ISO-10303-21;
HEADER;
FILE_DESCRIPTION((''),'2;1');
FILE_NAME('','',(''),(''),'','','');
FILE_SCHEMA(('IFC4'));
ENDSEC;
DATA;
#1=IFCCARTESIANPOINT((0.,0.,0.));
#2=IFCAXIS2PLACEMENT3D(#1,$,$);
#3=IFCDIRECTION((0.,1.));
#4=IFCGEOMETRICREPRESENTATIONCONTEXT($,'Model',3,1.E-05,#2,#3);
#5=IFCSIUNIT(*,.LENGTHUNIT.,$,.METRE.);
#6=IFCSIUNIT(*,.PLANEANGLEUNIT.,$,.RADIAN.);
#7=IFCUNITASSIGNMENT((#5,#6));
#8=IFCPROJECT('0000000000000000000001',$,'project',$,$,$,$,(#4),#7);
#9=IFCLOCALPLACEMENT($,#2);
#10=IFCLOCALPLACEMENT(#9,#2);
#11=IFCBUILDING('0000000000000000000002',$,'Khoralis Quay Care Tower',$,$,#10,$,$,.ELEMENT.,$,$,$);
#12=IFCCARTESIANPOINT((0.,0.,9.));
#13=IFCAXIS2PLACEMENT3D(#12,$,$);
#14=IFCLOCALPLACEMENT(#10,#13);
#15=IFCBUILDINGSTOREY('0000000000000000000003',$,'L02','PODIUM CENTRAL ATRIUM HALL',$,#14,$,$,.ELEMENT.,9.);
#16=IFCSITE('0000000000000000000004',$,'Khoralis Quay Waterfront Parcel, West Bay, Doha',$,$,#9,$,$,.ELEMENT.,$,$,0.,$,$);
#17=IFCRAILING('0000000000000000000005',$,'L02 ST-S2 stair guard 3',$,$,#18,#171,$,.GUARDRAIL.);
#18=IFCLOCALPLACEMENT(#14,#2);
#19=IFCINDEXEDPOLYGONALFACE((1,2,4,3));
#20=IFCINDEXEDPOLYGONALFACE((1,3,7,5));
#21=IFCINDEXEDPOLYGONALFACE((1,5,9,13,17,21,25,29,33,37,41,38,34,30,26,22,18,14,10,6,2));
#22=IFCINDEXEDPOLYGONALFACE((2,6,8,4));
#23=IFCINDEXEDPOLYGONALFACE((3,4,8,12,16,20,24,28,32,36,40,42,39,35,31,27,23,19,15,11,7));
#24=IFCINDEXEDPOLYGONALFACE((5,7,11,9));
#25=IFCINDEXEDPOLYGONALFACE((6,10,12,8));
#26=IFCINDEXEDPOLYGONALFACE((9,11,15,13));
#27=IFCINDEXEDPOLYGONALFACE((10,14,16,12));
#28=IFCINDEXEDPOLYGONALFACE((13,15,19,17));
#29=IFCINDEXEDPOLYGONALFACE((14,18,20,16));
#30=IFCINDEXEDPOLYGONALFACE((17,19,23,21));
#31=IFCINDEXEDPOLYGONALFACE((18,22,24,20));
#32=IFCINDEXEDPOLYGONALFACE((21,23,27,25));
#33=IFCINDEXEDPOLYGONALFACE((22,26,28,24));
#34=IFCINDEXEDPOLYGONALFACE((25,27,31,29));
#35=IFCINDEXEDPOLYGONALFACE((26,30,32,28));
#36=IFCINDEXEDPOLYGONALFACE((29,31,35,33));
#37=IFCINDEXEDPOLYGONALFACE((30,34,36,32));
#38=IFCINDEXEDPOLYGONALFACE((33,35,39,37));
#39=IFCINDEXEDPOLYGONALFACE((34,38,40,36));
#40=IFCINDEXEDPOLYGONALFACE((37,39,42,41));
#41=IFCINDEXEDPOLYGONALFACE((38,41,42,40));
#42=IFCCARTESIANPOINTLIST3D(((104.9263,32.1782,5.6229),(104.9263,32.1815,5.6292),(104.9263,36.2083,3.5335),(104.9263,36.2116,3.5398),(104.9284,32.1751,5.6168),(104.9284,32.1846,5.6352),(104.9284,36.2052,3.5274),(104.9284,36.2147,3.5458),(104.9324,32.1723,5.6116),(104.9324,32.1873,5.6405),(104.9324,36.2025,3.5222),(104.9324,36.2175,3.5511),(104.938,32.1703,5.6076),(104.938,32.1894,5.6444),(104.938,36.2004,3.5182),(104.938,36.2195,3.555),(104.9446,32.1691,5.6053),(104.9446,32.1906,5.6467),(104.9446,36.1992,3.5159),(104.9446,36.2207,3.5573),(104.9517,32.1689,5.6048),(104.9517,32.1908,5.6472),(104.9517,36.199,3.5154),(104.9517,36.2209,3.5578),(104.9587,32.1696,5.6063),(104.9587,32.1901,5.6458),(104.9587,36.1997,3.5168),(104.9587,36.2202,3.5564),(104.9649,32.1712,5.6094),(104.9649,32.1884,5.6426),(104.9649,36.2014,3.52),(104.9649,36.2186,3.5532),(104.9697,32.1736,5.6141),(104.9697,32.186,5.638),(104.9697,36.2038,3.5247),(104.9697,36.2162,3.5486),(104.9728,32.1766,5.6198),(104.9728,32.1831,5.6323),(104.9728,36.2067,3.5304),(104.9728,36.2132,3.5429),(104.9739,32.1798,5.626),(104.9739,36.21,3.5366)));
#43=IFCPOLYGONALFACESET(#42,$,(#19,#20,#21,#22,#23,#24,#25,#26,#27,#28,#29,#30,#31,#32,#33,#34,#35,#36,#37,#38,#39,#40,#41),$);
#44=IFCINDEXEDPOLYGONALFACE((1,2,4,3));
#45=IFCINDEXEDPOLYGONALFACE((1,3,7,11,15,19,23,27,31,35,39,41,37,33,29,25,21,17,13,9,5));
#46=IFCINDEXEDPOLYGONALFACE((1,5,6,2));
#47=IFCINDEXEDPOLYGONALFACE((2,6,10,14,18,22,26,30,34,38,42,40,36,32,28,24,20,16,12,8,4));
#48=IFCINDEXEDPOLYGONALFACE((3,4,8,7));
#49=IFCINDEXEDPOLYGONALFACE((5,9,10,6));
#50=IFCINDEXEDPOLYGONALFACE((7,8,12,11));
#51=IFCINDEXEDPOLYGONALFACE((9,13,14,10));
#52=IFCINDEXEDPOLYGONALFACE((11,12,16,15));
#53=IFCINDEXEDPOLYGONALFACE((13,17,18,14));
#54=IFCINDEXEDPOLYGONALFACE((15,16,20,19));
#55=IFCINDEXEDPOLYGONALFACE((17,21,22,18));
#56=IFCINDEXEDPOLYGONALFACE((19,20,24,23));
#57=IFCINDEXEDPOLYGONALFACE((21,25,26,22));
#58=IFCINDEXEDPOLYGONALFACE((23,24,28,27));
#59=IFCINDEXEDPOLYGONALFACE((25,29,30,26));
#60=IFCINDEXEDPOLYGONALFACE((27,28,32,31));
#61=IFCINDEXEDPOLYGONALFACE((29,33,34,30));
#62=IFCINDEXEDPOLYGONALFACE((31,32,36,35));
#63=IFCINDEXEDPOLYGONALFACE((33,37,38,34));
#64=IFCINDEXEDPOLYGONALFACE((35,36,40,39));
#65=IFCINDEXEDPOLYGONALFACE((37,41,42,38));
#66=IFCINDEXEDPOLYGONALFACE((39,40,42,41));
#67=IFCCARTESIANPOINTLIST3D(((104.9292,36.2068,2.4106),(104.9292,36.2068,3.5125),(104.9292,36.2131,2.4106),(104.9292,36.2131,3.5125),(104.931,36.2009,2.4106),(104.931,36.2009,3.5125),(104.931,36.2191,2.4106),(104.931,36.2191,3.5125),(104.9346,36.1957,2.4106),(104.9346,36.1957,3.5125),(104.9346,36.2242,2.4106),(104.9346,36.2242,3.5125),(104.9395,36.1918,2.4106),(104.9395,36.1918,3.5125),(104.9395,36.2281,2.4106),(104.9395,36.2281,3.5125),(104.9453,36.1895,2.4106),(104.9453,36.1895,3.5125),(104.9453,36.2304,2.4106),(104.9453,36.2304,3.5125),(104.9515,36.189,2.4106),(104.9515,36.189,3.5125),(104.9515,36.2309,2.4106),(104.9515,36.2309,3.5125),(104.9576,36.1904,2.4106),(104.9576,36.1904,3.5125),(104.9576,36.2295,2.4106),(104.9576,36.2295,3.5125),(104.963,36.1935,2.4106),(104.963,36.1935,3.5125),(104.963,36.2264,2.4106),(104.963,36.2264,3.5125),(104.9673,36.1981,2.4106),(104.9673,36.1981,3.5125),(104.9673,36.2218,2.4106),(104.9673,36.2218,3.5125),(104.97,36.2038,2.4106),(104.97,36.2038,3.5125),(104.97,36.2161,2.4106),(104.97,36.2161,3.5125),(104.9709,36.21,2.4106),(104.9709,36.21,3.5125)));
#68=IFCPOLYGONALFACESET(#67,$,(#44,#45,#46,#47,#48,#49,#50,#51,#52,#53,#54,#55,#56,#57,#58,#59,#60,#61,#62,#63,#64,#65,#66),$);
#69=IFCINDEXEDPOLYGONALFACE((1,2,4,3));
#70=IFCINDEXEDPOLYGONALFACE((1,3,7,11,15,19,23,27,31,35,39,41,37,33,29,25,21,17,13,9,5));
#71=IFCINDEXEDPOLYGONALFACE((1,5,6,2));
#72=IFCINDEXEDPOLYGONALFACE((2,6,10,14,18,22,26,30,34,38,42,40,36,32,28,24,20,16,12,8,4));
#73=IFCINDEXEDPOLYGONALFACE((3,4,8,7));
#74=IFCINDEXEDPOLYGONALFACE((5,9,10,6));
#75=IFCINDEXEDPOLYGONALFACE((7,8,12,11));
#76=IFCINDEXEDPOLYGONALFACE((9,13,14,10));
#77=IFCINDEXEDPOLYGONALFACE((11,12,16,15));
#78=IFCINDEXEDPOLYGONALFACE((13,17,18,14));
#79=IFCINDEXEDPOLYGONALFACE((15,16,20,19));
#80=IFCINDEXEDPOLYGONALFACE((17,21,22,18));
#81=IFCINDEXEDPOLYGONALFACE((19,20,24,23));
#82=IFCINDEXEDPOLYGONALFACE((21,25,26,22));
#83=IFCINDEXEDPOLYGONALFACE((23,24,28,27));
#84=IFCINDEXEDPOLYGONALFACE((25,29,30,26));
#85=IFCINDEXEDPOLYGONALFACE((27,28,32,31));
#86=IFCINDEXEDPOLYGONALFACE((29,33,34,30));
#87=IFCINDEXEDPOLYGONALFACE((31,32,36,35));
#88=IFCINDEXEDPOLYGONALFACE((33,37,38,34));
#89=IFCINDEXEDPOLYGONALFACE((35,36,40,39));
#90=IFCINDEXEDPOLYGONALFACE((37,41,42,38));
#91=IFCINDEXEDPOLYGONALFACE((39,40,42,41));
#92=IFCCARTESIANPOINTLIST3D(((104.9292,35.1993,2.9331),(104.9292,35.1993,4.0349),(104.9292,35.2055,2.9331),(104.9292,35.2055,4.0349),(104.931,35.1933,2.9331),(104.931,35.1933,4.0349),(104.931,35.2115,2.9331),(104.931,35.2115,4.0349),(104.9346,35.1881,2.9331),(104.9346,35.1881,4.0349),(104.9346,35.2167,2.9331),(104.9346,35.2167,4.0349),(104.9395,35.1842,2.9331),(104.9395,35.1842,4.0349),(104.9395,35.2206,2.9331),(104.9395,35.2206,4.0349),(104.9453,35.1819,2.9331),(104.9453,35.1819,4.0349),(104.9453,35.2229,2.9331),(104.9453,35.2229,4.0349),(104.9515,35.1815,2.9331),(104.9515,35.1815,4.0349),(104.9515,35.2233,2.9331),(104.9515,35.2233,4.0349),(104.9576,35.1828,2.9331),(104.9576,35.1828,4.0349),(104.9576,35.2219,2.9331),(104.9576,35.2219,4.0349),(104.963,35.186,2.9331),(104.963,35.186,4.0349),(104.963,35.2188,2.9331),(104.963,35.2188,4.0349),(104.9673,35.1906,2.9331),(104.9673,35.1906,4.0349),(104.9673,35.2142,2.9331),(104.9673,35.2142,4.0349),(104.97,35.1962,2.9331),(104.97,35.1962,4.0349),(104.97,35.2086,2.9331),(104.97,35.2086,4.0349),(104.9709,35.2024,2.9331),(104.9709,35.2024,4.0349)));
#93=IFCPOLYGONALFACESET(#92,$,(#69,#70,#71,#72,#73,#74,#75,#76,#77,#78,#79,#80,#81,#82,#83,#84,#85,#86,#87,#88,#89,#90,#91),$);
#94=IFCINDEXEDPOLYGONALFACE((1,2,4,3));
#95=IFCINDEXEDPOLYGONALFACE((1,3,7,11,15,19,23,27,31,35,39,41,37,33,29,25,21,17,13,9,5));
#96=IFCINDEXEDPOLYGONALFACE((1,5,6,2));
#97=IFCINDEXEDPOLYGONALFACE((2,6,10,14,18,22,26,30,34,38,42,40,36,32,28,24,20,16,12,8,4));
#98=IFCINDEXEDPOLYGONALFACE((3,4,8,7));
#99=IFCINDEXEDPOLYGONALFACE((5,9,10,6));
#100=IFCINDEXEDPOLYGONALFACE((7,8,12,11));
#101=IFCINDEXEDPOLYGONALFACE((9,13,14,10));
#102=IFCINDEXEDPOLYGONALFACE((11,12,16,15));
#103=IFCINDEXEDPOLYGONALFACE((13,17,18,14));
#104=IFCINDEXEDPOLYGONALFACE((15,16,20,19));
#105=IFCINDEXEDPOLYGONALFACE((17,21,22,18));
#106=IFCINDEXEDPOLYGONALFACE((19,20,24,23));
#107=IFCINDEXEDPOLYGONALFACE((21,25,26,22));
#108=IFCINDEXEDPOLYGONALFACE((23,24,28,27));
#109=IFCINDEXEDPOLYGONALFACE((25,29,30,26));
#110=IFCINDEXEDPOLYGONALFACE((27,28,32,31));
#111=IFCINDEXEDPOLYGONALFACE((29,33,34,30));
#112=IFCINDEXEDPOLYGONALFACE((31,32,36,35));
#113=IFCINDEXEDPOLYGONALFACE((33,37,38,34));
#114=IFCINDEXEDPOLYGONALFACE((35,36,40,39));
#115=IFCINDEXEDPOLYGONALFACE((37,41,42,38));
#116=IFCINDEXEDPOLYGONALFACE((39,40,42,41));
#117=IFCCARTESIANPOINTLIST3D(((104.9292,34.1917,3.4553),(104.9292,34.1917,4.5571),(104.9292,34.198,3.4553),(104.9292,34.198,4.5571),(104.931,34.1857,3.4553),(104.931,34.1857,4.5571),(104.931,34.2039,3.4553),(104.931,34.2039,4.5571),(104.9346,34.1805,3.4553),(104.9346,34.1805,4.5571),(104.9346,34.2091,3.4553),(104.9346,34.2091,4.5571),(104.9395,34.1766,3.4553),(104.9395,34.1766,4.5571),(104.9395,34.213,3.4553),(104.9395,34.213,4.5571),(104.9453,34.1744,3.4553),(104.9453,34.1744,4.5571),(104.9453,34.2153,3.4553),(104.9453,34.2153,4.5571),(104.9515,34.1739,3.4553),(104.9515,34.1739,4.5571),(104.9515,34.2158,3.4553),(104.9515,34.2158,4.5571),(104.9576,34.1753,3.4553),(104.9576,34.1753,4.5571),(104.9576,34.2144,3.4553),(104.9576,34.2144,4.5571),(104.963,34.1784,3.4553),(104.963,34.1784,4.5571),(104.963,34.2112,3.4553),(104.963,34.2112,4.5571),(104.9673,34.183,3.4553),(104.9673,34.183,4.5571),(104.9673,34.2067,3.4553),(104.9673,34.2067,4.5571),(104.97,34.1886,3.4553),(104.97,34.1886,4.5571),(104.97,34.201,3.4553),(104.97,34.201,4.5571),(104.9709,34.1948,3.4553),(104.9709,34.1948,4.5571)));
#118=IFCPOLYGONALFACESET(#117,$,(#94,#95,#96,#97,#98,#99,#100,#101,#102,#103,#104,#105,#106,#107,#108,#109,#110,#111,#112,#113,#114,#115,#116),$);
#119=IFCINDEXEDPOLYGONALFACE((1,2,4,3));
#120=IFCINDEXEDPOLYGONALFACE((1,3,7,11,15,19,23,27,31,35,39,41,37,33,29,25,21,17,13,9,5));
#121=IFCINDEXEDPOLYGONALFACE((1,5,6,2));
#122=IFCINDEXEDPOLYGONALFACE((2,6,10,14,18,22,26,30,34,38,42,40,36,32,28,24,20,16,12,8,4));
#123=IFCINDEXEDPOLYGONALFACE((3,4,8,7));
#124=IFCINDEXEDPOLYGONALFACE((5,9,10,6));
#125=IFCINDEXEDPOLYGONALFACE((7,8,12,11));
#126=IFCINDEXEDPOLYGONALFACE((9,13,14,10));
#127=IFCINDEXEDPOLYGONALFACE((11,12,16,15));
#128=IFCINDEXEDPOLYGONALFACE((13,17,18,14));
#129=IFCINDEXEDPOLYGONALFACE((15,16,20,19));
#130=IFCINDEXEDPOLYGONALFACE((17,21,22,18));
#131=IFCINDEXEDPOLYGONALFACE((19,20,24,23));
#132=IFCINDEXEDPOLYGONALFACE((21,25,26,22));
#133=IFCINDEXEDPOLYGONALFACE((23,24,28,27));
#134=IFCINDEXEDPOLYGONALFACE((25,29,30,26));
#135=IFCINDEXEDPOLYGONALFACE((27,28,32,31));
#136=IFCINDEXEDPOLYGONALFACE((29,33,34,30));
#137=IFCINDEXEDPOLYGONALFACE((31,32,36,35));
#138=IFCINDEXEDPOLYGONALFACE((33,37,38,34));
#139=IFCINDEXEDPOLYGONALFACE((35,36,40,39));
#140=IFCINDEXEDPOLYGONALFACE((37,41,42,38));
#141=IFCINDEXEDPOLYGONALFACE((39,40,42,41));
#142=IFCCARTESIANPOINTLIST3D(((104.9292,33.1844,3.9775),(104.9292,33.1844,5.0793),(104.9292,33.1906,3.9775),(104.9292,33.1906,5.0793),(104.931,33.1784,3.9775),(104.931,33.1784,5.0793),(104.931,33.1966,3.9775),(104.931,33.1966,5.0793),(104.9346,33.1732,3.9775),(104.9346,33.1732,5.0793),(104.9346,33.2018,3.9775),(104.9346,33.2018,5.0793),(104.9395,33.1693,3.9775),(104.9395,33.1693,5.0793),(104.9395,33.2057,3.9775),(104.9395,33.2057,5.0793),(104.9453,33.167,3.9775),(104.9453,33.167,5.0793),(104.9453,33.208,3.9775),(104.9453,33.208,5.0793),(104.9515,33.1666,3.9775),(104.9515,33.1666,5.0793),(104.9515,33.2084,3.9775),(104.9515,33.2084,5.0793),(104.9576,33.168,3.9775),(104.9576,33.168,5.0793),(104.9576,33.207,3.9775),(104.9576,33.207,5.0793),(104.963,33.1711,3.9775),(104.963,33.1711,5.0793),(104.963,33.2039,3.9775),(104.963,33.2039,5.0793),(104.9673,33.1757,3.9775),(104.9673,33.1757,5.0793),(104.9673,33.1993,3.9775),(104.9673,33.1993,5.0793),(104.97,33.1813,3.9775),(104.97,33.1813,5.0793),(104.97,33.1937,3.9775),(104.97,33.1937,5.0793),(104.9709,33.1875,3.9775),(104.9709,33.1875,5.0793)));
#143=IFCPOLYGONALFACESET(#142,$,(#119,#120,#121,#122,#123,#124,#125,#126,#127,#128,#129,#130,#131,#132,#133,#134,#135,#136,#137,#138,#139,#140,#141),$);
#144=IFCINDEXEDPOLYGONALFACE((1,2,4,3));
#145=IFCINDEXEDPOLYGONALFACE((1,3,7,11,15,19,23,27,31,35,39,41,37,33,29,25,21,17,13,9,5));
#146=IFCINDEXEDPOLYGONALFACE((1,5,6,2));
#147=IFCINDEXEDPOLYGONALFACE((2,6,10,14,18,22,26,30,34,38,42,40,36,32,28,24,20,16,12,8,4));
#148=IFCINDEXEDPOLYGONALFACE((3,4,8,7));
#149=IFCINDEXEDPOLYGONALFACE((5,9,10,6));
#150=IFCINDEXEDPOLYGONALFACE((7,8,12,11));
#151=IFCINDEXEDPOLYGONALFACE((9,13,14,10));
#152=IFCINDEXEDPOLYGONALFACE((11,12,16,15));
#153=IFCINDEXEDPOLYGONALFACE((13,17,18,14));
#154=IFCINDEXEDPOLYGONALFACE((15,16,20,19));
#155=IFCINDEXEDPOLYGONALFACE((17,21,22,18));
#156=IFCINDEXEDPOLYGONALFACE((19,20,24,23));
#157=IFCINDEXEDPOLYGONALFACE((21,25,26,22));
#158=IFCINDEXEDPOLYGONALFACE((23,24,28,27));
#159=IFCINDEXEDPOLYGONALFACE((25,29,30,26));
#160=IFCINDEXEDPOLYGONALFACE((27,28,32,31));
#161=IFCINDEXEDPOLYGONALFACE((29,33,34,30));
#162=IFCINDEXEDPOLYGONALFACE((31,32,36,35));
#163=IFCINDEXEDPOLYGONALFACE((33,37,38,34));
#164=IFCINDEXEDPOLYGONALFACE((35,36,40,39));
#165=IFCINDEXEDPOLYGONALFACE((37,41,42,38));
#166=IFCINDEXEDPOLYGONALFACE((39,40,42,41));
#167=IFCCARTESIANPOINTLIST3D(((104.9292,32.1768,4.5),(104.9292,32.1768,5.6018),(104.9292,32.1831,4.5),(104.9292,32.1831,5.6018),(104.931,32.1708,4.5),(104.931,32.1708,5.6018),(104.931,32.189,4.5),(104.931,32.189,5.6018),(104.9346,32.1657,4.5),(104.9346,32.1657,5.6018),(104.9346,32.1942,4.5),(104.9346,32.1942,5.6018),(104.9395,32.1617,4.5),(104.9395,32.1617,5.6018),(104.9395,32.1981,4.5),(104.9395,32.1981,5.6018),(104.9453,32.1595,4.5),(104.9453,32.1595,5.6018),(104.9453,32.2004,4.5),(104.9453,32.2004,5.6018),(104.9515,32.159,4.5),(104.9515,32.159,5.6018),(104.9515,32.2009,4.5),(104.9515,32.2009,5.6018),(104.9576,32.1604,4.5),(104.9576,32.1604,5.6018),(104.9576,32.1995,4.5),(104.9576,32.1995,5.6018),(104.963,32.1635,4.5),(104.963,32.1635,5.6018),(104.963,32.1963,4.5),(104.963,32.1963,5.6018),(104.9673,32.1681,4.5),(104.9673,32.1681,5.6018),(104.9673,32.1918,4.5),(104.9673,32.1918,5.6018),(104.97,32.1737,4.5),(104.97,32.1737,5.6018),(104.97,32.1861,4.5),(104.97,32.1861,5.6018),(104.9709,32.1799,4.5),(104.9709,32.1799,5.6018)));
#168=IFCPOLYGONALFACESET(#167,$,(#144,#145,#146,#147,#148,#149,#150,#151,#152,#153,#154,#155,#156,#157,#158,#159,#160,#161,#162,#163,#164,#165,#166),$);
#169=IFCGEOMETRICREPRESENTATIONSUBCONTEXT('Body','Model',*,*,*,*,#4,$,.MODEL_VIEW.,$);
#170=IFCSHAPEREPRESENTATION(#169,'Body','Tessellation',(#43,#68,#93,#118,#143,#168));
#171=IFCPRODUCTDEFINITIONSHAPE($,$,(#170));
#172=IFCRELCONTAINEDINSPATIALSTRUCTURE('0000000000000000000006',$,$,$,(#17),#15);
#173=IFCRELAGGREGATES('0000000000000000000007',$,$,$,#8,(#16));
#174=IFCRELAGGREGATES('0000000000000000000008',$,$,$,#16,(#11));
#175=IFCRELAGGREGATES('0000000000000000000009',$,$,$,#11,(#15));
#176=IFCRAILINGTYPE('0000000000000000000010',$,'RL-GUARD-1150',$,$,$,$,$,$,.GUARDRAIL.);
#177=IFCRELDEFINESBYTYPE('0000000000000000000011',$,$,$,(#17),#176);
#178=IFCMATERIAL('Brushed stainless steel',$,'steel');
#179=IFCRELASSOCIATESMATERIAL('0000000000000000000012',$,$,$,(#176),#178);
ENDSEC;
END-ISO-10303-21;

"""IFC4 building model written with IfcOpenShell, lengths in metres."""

from ifc_helpers import new_model, si_unit, direction, frame, origin, origin_2d, place, context, subcontext, project, spatial, circle, extrude, material, type_object, element, save


model = new_model("IFC4")

# Units and contexts
model_context = context("Model", 3, precision=1e-05, world=origin(), true_north=direction((0.0, 1.0)))
body_context = subcontext(model_context, "Body", "Model", "MODEL_VIEW")
ifc_project = project(units=[si_unit("LENGTHUNIT", "METRE"), si_unit("PLANEANGLEUNIT", "RADIAN")], contexts=[model_context])

# Site, building, storey
site_placement = place(None, origin())
site = spatial("IfcSite", under=ifc_project, at=site_placement, Name="Khoralis Quay Waterfront Parcel, West Bay, Doha", CompositionType="ELEMENT", RefElevation=0.0)
building_placement = place(site_placement, origin())
building = spatial("IfcBuilding", under=site, at=building_placement, Name="Khoralis Quay Care Tower", CompositionType="ELEMENT")
storey_placement = place(building_placement, frame((0.0, 0.0, 9.0)))
storey = spatial("IfcBuildingStorey", under=building, at=storey_placement, Name="L02", Description="PODIUM CENTRAL ATRIUM HALL", CompositionType="ELEMENT", Elevation=9.0)

# Railing
ifc_material_1 = material(Name="Brushed stainless steel", Category="steel")
railing_type_1 = type_object("IfcRailingType", Name="RL-GUARD-1150", PredefinedType="GUARDRAIL", material=ifc_material_1)
railing_1_placement = place(storey_placement, frame((104.95, 36.21, 2.4106)))
element("IfcRailing", 1, at=railing_1_placement, inside=storey, type_object=railing_type_1, Name="L02 ST-S2 stair guard 3", PredefinedType="GUARDRAIL", context=body_context, shape_type="SweptSolid", body=[
    extrude(circle(Radius=0.0239, at=origin_2d()), frame((0.0, 0.0, 1.126), z_axis=(0.0, -0.887781, 0.460267), x_axis=(1.0, 0.0, 0.0)), (0.0, 0.0, 1.0), 4.5396),
    extrude(circle(Radius=0.021, at=origin_2d()), origin(), (0.0, 0.0, 1.0), 1.1018),
    extrude(circle(Radius=0.021, at=origin_2d()), frame((0.0, -1.0076, 0.5225)), (0.0, 0.0, 1.0), 1.1018),
    extrude(circle(Radius=0.021, at=origin_2d()), frame((0.0, -2.0151, 1.0447)), (0.0, 0.0, 1.0), 1.1018),
    extrude(circle(Radius=0.021, at=origin_2d()), frame((0.0, -3.0225, 1.5669)), (0.0, 0.0, 1.0), 1.1018),
    extrude(circle(Radius=0.021, at=origin_2d()), frame((0.0, -4.03, 2.0894)), (0.0, 0.0, 1.0), 1.1018),
])

save(model, "model.ifc")
